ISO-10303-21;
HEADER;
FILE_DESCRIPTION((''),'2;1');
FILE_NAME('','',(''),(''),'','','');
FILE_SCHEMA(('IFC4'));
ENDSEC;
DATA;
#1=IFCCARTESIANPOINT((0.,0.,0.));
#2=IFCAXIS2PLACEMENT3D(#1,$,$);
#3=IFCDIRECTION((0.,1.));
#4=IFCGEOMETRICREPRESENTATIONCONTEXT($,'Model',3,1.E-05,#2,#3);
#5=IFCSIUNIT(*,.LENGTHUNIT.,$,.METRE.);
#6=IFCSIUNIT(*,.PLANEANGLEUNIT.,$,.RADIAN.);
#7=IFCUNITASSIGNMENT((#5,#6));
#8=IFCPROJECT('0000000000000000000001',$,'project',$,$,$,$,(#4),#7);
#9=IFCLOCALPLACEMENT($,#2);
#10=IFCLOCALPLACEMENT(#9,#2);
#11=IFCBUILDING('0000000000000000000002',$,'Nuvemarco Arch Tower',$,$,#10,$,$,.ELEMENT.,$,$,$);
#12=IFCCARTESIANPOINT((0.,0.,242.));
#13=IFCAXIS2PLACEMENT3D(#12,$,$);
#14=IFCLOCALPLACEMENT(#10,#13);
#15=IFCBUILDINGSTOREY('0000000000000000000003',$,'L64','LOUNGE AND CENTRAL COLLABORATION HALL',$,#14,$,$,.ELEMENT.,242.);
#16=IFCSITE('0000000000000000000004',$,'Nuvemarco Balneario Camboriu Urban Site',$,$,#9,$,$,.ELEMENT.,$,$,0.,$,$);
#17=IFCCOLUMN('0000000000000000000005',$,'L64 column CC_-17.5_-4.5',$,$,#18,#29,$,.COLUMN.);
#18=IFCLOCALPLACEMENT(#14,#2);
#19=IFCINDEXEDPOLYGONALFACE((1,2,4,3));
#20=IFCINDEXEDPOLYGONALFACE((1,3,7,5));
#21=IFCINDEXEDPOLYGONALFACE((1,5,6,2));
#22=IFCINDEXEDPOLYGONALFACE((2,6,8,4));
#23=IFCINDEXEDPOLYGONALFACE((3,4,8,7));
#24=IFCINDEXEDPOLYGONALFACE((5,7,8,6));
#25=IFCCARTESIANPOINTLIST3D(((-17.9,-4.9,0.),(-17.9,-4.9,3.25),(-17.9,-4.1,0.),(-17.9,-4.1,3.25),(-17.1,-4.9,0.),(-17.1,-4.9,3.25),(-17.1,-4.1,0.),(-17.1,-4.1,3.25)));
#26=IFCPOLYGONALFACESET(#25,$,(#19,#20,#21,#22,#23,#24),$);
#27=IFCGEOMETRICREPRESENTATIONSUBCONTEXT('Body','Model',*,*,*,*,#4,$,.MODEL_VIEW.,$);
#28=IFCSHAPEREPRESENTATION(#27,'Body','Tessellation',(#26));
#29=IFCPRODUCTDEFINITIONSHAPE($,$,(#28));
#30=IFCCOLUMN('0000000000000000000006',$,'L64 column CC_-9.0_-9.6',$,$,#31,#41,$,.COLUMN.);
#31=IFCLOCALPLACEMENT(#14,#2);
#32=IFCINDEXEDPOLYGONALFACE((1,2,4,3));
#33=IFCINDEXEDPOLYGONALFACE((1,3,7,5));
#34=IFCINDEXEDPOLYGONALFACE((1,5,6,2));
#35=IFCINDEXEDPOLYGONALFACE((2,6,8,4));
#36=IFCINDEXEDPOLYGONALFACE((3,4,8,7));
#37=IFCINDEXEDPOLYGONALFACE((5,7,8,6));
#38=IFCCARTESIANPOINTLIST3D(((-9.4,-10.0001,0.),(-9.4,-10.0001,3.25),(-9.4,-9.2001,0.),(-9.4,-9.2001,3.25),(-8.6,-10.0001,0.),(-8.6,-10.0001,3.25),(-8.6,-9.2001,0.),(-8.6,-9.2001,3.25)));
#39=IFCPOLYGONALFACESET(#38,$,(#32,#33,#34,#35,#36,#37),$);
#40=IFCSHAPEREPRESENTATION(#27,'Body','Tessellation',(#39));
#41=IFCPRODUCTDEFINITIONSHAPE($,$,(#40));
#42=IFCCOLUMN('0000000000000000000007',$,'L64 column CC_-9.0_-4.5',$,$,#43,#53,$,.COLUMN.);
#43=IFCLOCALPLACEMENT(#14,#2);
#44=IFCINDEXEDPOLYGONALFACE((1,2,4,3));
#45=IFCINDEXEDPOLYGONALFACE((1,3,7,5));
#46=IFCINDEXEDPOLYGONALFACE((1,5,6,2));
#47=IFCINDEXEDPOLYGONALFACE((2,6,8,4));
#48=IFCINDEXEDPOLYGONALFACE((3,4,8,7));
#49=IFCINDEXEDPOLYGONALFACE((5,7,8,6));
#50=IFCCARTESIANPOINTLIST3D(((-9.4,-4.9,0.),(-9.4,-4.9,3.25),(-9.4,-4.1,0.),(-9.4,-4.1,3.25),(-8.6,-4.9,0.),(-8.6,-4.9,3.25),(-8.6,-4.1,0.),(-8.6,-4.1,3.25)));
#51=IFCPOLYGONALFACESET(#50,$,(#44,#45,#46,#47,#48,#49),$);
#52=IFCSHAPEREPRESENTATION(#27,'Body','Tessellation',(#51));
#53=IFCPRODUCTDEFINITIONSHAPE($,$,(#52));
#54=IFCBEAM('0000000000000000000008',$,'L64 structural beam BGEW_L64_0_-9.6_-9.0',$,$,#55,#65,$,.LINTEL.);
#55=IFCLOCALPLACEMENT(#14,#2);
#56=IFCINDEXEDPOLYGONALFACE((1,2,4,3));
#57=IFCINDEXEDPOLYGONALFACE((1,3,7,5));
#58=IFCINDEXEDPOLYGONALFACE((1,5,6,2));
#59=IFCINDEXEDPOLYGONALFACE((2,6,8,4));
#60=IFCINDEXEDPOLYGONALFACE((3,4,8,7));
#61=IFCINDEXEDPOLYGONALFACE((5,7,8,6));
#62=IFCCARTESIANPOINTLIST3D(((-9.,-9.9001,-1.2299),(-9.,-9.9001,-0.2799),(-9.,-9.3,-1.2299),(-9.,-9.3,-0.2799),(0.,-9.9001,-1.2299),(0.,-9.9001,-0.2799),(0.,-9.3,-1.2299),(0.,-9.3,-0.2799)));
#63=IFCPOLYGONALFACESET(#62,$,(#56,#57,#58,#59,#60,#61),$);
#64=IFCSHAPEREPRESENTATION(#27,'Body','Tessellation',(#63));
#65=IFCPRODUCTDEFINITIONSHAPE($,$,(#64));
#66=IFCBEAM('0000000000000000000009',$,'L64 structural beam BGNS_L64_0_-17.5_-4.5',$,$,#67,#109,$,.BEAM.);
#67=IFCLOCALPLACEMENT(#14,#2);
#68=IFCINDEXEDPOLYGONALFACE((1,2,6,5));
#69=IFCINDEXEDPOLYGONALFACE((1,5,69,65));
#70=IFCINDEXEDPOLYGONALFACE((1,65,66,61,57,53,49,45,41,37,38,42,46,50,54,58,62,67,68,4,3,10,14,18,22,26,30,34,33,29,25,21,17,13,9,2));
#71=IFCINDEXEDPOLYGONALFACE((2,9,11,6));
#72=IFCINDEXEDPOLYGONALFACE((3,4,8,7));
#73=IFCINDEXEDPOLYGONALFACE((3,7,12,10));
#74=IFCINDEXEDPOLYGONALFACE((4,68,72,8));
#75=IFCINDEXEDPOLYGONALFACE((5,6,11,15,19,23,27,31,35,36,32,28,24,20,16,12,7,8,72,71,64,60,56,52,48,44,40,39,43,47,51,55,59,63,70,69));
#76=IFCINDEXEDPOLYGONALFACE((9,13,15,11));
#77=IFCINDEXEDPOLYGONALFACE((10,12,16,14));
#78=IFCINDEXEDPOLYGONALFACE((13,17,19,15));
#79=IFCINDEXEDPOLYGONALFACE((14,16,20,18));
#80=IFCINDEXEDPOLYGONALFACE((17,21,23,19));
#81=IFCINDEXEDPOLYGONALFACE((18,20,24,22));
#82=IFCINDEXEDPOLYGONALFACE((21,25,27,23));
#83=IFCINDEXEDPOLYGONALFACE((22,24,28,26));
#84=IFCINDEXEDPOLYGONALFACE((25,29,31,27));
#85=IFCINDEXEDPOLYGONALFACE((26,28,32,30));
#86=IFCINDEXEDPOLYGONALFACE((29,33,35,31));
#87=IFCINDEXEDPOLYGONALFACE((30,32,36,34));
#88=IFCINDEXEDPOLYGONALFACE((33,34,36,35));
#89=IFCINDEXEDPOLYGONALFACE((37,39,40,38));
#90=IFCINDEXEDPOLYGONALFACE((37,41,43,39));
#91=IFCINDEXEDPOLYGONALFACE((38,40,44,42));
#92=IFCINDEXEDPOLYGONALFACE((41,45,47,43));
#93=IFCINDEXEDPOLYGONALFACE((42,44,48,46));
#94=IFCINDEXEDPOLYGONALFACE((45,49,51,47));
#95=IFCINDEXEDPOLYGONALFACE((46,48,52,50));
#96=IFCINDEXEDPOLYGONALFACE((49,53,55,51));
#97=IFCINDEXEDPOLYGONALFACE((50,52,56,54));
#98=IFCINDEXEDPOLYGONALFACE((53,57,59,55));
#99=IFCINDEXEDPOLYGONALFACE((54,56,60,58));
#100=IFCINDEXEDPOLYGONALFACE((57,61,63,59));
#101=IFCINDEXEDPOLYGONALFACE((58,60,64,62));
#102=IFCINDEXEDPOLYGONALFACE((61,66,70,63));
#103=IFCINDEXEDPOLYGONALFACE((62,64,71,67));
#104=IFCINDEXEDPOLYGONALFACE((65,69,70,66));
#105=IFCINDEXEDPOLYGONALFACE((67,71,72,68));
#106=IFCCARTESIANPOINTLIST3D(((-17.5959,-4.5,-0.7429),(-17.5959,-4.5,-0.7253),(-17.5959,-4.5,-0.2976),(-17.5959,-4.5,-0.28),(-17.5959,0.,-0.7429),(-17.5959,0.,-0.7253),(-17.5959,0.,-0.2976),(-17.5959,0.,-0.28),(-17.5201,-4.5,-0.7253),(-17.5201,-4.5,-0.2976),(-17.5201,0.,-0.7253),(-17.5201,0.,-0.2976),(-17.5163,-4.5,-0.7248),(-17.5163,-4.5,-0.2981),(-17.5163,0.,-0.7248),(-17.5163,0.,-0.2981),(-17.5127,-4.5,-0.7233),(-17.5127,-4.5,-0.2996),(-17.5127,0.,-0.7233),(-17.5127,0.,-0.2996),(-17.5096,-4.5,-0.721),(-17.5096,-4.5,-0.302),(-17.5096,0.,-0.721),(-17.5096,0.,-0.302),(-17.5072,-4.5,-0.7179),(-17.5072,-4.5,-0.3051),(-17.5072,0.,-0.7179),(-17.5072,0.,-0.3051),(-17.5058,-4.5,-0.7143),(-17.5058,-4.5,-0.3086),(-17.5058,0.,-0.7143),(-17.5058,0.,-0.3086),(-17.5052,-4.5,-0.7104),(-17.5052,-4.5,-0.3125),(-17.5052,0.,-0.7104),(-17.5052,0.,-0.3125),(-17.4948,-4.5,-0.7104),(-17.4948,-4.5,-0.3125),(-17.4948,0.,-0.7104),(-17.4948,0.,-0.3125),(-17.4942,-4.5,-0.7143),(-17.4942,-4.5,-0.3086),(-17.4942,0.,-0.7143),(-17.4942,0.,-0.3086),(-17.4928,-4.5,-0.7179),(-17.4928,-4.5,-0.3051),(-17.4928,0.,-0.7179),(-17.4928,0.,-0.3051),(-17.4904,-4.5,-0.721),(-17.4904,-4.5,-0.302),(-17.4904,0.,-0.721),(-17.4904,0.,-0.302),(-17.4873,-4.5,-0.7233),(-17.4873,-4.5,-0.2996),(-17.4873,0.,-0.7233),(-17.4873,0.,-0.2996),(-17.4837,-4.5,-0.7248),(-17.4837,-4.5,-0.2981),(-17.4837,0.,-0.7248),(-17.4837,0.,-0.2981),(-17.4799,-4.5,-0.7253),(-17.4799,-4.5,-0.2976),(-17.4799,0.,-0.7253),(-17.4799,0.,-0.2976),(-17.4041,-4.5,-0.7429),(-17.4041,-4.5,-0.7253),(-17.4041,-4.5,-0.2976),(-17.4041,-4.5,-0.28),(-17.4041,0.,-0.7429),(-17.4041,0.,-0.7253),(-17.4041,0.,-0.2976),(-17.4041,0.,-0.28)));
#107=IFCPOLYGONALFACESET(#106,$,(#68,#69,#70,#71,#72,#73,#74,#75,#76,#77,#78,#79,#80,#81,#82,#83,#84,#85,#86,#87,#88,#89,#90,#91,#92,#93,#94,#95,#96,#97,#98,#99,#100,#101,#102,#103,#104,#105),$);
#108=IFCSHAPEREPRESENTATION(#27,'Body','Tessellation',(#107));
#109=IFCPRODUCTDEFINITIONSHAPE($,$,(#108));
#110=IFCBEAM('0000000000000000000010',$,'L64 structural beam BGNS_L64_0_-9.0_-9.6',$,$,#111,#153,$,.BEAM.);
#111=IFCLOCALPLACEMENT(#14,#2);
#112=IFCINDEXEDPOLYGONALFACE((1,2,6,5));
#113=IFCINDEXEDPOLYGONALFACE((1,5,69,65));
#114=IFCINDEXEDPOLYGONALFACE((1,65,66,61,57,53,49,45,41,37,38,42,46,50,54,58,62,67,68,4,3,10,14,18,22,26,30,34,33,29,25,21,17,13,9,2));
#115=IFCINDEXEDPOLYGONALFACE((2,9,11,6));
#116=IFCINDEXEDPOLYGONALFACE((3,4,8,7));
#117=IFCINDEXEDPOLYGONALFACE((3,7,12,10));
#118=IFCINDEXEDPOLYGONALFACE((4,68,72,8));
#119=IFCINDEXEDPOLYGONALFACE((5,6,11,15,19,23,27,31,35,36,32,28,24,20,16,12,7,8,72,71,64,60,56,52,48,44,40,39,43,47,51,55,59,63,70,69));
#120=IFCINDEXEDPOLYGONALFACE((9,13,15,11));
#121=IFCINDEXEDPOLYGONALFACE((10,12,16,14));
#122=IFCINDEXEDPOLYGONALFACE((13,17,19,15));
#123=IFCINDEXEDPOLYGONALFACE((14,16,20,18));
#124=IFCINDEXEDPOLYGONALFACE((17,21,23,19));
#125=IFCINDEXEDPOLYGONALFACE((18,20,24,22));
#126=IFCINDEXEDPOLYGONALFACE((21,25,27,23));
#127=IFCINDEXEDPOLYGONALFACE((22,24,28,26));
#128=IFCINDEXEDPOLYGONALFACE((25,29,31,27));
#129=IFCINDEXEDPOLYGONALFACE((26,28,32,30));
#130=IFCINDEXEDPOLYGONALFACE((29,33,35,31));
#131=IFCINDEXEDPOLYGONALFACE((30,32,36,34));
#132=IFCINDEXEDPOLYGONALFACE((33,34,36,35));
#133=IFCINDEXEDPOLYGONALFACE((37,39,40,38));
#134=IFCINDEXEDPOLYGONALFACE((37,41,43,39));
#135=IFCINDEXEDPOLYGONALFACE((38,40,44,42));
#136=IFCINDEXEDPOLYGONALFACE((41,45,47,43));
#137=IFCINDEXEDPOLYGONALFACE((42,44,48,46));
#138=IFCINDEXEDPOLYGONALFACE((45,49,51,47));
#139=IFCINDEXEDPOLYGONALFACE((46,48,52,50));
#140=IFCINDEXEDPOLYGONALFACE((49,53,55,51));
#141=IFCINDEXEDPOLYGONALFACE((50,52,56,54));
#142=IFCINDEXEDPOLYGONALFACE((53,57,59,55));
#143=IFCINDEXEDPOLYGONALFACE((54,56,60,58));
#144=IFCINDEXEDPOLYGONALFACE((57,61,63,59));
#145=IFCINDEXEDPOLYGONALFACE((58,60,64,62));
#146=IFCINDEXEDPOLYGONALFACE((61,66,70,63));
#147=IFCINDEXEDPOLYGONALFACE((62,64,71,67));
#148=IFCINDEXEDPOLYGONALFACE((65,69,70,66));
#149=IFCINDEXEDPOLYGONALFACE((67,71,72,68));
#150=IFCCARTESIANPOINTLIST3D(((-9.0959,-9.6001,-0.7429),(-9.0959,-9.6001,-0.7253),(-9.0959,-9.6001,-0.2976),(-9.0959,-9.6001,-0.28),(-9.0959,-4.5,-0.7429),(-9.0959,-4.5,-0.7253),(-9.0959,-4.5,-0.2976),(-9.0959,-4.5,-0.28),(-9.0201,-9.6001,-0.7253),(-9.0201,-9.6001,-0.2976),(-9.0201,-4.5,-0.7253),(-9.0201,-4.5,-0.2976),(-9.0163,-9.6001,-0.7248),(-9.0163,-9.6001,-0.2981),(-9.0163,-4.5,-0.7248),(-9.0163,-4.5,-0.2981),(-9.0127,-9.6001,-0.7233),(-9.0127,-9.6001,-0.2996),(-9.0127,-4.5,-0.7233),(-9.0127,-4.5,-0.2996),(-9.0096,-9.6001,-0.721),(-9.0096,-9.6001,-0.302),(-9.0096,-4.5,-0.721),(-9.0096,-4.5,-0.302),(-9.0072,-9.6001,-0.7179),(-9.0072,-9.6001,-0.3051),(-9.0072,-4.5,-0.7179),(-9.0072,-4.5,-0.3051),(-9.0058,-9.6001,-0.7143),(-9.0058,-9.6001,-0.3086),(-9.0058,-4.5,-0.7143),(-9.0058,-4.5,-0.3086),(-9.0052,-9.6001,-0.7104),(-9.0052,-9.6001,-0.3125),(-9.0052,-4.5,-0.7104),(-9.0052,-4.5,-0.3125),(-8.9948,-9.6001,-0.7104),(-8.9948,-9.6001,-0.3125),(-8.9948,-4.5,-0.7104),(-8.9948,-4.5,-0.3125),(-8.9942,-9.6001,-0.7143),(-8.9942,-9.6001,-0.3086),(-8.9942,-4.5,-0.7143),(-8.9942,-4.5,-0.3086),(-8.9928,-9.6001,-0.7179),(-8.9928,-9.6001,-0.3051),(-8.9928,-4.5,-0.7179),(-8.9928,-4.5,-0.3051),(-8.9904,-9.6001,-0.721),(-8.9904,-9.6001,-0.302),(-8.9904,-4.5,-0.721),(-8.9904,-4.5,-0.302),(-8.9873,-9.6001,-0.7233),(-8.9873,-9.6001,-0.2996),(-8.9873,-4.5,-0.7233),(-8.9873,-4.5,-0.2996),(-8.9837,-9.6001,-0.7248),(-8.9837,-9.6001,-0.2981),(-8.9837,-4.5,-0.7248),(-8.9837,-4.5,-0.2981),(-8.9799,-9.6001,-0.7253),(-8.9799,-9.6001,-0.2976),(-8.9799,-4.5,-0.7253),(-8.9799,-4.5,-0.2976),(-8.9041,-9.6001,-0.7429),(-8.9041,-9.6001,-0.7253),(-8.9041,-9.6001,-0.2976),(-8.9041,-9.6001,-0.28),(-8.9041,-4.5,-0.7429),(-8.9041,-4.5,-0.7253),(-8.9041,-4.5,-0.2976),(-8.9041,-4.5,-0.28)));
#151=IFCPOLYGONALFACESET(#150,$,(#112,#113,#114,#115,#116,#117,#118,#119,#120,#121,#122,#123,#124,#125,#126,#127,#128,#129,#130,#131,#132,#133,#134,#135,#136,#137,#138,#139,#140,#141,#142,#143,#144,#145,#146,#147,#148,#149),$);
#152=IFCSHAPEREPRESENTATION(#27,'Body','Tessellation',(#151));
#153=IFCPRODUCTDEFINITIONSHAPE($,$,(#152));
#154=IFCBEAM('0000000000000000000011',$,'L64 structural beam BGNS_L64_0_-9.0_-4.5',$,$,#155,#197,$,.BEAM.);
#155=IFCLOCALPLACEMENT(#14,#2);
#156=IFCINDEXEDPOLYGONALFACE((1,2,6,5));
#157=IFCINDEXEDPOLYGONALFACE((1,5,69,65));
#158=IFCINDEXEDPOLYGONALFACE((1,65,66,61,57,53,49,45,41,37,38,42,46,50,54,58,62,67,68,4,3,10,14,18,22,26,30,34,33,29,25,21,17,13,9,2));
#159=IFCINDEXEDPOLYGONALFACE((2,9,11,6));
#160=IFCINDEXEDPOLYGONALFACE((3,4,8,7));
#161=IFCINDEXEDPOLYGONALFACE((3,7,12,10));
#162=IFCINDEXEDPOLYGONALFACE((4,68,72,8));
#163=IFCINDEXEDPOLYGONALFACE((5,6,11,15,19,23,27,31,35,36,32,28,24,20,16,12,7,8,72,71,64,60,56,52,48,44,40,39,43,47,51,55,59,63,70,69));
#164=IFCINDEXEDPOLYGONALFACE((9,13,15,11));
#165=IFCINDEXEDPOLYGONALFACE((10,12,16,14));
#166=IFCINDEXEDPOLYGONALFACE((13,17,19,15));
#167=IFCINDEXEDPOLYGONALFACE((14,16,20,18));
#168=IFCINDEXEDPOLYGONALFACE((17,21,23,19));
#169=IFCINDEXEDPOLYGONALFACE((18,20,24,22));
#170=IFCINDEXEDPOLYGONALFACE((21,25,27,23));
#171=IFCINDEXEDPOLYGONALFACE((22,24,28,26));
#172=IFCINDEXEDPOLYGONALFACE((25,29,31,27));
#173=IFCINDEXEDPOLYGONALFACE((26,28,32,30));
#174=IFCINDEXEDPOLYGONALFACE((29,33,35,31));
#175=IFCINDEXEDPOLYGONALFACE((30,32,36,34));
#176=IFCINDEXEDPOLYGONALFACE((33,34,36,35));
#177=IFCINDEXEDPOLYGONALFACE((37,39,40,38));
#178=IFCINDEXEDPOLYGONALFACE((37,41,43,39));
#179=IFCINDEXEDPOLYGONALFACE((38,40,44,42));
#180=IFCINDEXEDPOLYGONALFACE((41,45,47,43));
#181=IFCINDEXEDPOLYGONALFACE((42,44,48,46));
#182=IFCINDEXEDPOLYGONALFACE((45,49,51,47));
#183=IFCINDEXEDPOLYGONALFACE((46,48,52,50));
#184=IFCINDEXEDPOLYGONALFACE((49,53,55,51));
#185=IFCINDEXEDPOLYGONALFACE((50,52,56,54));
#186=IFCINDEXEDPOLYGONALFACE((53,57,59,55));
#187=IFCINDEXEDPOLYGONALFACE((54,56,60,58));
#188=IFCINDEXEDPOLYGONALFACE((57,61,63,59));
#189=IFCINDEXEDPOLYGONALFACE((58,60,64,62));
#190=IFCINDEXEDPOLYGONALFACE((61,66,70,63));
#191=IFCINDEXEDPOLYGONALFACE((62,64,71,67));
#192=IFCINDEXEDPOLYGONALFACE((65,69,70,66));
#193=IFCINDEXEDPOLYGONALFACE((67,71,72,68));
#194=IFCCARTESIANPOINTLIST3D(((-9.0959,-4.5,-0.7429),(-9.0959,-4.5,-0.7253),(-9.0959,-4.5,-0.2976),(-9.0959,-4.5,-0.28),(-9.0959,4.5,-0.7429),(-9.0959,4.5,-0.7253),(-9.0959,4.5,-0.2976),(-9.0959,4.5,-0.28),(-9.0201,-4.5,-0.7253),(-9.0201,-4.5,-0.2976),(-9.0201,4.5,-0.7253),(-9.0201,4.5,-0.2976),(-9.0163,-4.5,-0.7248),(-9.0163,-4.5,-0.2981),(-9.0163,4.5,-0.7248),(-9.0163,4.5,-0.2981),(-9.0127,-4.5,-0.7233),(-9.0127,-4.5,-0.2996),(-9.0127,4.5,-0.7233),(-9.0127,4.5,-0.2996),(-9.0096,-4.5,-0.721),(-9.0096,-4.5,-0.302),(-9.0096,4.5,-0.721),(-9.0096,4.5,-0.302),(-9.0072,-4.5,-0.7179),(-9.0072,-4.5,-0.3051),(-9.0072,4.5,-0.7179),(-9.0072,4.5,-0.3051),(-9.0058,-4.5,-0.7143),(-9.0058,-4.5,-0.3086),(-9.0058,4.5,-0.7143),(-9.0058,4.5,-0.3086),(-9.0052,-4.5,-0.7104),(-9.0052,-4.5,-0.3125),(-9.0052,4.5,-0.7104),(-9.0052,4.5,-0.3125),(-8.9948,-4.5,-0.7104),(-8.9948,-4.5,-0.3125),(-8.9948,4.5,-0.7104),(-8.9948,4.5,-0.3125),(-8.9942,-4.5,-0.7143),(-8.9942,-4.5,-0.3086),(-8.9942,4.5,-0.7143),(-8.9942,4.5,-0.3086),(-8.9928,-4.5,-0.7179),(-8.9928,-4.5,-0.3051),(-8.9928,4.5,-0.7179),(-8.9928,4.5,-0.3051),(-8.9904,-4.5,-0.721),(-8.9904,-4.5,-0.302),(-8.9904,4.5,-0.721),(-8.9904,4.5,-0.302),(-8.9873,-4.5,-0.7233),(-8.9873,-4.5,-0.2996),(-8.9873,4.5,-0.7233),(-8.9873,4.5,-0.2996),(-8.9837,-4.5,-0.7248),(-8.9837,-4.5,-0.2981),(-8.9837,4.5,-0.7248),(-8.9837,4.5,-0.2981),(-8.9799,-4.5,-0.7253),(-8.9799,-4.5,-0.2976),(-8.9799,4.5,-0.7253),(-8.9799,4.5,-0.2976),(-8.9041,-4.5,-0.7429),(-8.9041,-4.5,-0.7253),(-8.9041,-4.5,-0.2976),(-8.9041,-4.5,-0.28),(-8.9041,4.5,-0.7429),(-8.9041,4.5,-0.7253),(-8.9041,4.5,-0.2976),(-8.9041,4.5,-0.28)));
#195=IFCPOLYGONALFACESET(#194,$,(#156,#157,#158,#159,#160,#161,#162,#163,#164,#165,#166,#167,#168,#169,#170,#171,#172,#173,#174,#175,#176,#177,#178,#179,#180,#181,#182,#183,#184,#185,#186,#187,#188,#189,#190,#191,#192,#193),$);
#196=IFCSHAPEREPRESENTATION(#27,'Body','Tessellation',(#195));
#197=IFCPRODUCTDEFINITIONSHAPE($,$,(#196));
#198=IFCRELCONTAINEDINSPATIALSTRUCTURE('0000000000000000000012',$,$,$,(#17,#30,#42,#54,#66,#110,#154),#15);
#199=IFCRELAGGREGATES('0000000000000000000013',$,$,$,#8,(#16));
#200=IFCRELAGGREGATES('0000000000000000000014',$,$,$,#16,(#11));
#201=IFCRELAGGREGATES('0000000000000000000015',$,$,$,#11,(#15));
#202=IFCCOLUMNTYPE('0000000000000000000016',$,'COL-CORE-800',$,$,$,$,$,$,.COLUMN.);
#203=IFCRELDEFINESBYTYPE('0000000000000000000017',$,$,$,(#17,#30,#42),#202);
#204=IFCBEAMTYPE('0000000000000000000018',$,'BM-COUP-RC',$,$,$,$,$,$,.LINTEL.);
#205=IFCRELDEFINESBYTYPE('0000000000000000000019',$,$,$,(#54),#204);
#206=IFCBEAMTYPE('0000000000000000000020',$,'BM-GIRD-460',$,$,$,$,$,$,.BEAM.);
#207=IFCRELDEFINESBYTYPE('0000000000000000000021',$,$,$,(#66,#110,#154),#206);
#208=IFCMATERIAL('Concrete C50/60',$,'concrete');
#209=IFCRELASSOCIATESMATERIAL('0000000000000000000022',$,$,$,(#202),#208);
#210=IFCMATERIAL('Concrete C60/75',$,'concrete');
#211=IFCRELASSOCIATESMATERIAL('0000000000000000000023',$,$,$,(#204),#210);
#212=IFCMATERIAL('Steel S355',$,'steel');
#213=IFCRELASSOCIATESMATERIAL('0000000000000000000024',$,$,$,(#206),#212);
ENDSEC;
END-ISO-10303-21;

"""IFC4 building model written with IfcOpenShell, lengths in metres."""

from ifc_helpers import new_model, si_unit, direction, frame, origin, origin_2d, place, context, subcontext, project, spatial, rectangle, i_section, extrude, material, material_profile, profile_set, type_object, element, save


model = new_model("IFC4")

# Units and contexts
model_context = context("Model", 3, precision=1e-05, world=origin(), true_north=direction((0.0, 1.0)))
body_context = subcontext(model_context, "Body", "Model", "MODEL_VIEW")
ifc_project = project(units=[si_unit("LENGTHUNIT", "METRE"), si_unit("PLANEANGLEUNIT", "RADIAN")], contexts=[model_context])

# Site, building, storey
site_placement = place(None, origin())
site = spatial("IfcSite", under=ifc_project, at=site_placement, Name="Nuvemarco Balneario Camboriu Urban Site", CompositionType="ELEMENT", RefElevation=0.0)
building_placement = place(site_placement, origin())
building = spatial("IfcBuilding", under=site, at=building_placement, Name="Nuvemarco Arch Tower", CompositionType="ELEMENT")
storey_placement = place(building_placement, frame((0.0, 0.0, 242.0)))
storey = spatial("IfcBuildingStorey", under=building, at=storey_placement, Name="L64", Description="LOUNGE AND CENTRAL COLLABORATION HALL", CompositionType="ELEMENT", Elevation=242.0)

# Columns
ifc_material_1 = material(Name="Concrete C50/60", Category="concrete")
ifc_material_profile_1 = material_profile(ifc_material_1, rectangle(XDim=0.8, YDim=0.8, at=origin_2d()), Name="RC-COL-800x800")
ifc_profile_set_1 = profile_set([ifc_material_profile_1], Name="Concrete C50/60")
column_type = type_object("IfcColumnType", Name="COL-CORE-800", PredefinedType="COLUMN", material=ifc_profile_set_1)
for number, where, z_axis, x_axis, name in (
    (1, (-17.5, -4.5, 0.0), (0.0, 0.0, 1.0), (1.0, 0.0, 0.0), "L64 column CC_-17.5_-4.5"),
    (2, (-9.0, -9.6001, 0.0), (0.0, 0.0, 1.0), (1.0, 0.0, 0.0), "L64 column CC_-9.0_-9.6"),
    (3, (-9.0, -4.5, 0.0), (0.0, 0.0, 1.0), (1.0, 0.0, 0.0), "L64 column CC_-9.0_-4.5"),
):
    element("IfcColumn", number, at=place(storey_placement, frame(where, z_axis=z_axis, x_axis=x_axis)), inside=storey, type_object=column_type, Name=name, PredefinedType="COLUMN", context=body_context, shape_type="SweptSolid", body=[
        extrude(rectangle(XDim=0.8, YDim=0.8, at=origin_2d()), origin(), (0.0, 0.0, 1.0), 3.25),
    ])

# Beams
ifc_material_2 = material(Name="Concrete C60/75", Category="concrete")
ifc_material_profile_2 = material_profile(ifc_material_2, rectangle(XDim=0.6001, YDim=0.95, at=origin_2d()), Name="RC-BM-600x950")
ifc_profile_set_2 = profile_set([ifc_material_profile_2], Name="Concrete C60/75")
beam_type_1 = type_object("IfcBeamType", Name="BM-COUP-RC", PredefinedType="LINTEL", material=ifc_profile_set_2)
beam_1_placement = place(storey_placement, frame((-9.0, -9.6001, -0.7549), z_axis=(1.0, 0.0, 0.0), x_axis=(0.0, 1.0, 0.0)))
element("IfcBeam", 4, at=beam_1_placement, inside=storey, type_object=beam_type_1, Name="L64 structural beam BGEW_L64_0_-9.6_-9.0", PredefinedType="LINTEL", context=body_context, shape_type="SweptSolid", body=[
    extrude(rectangle(XDim=0.6001, YDim=0.95, at=origin_2d()), origin(), (0.0, 0.0, 1.0), 9.0),
])
ifc_material_3 = material(Name="Steel S355", Category="steel")
ifc_material_profile_3 = material_profile(ifc_material_3, i_section(OverallWidth=0.1919, OverallDepth=0.4629, WebThickness=0.0105, FlangeThickness=0.0176, FilletRadius=0.0149, at=origin_2d()), Name="W460x89")
ifc_profile_set_3 = profile_set([ifc_material_profile_3], Name="Steel S355")
beam_type_2 = type_object("IfcBeamType", Name="BM-GIRD-460", PredefinedType="BEAM", material=ifc_profile_set_3)
beam_2_placement = place(storey_placement, frame((-17.5, -4.5, -0.5115), z_axis=(0.0, 1.0, 0.0), x_axis=(-1.0, 0.0, 0.0)))
element("IfcBeam", 5, at=beam_2_placement, inside=storey, type_object=beam_type_2, Name="L64 structural beam BGNS_L64_0_-17.5_-4.5", PredefinedType="BEAM", context=body_context, shape_type="SweptSolid", body=[
    extrude(i_section(OverallWidth=0.1919, OverallDepth=0.4629, WebThickness=0.0105, FlangeThickness=0.0176, FilletRadius=0.0149, at=origin_2d()), origin(), (0.0, 0.0, 1.0), 4.5),
])
beam_3_placement = place(storey_placement, frame((-9.0, -9.6001, -0.5115), z_axis=(0.0, 1.0, 0.0), x_axis=(-1.0, 0.0, 0.0)))
element("IfcBeam", 6, at=beam_3_placement, inside=storey, type_object=beam_type_2, Name="L64 structural beam BGNS_L64_0_-9.0_-9.6", PredefinedType="BEAM", context=body_context, shape_type="SweptSolid", body=[
    extrude(i_section(OverallWidth=0.1919, OverallDepth=0.4629, WebThickness=0.0105, FlangeThickness=0.0176, FilletRadius=0.0149, at=origin_2d()), origin(), (0.0, 0.0, 1.0), 5.1001),
])
beam_4_placement = place(storey_placement, frame((-9.0, -4.5, -0.5115), z_axis=(0.0, 1.0, 0.0), x_axis=(-1.0, 0.0, 0.0)))
element("IfcBeam", 7, at=beam_4_placement, inside=storey, type_object=beam_type_2, Name="L64 structural beam BGNS_L64_0_-9.0_-4.5", PredefinedType="BEAM", context=body_context, shape_type="SweptSolid", body=[
    extrude(i_section(OverallWidth=0.1919, OverallDepth=0.4629, WebThickness=0.0105, FlangeThickness=0.0176, FilletRadius=0.0149, at=origin_2d()), origin(), (0.0, 0.0, 1.0), 9.0),
])

save(model, "model.ifc")
